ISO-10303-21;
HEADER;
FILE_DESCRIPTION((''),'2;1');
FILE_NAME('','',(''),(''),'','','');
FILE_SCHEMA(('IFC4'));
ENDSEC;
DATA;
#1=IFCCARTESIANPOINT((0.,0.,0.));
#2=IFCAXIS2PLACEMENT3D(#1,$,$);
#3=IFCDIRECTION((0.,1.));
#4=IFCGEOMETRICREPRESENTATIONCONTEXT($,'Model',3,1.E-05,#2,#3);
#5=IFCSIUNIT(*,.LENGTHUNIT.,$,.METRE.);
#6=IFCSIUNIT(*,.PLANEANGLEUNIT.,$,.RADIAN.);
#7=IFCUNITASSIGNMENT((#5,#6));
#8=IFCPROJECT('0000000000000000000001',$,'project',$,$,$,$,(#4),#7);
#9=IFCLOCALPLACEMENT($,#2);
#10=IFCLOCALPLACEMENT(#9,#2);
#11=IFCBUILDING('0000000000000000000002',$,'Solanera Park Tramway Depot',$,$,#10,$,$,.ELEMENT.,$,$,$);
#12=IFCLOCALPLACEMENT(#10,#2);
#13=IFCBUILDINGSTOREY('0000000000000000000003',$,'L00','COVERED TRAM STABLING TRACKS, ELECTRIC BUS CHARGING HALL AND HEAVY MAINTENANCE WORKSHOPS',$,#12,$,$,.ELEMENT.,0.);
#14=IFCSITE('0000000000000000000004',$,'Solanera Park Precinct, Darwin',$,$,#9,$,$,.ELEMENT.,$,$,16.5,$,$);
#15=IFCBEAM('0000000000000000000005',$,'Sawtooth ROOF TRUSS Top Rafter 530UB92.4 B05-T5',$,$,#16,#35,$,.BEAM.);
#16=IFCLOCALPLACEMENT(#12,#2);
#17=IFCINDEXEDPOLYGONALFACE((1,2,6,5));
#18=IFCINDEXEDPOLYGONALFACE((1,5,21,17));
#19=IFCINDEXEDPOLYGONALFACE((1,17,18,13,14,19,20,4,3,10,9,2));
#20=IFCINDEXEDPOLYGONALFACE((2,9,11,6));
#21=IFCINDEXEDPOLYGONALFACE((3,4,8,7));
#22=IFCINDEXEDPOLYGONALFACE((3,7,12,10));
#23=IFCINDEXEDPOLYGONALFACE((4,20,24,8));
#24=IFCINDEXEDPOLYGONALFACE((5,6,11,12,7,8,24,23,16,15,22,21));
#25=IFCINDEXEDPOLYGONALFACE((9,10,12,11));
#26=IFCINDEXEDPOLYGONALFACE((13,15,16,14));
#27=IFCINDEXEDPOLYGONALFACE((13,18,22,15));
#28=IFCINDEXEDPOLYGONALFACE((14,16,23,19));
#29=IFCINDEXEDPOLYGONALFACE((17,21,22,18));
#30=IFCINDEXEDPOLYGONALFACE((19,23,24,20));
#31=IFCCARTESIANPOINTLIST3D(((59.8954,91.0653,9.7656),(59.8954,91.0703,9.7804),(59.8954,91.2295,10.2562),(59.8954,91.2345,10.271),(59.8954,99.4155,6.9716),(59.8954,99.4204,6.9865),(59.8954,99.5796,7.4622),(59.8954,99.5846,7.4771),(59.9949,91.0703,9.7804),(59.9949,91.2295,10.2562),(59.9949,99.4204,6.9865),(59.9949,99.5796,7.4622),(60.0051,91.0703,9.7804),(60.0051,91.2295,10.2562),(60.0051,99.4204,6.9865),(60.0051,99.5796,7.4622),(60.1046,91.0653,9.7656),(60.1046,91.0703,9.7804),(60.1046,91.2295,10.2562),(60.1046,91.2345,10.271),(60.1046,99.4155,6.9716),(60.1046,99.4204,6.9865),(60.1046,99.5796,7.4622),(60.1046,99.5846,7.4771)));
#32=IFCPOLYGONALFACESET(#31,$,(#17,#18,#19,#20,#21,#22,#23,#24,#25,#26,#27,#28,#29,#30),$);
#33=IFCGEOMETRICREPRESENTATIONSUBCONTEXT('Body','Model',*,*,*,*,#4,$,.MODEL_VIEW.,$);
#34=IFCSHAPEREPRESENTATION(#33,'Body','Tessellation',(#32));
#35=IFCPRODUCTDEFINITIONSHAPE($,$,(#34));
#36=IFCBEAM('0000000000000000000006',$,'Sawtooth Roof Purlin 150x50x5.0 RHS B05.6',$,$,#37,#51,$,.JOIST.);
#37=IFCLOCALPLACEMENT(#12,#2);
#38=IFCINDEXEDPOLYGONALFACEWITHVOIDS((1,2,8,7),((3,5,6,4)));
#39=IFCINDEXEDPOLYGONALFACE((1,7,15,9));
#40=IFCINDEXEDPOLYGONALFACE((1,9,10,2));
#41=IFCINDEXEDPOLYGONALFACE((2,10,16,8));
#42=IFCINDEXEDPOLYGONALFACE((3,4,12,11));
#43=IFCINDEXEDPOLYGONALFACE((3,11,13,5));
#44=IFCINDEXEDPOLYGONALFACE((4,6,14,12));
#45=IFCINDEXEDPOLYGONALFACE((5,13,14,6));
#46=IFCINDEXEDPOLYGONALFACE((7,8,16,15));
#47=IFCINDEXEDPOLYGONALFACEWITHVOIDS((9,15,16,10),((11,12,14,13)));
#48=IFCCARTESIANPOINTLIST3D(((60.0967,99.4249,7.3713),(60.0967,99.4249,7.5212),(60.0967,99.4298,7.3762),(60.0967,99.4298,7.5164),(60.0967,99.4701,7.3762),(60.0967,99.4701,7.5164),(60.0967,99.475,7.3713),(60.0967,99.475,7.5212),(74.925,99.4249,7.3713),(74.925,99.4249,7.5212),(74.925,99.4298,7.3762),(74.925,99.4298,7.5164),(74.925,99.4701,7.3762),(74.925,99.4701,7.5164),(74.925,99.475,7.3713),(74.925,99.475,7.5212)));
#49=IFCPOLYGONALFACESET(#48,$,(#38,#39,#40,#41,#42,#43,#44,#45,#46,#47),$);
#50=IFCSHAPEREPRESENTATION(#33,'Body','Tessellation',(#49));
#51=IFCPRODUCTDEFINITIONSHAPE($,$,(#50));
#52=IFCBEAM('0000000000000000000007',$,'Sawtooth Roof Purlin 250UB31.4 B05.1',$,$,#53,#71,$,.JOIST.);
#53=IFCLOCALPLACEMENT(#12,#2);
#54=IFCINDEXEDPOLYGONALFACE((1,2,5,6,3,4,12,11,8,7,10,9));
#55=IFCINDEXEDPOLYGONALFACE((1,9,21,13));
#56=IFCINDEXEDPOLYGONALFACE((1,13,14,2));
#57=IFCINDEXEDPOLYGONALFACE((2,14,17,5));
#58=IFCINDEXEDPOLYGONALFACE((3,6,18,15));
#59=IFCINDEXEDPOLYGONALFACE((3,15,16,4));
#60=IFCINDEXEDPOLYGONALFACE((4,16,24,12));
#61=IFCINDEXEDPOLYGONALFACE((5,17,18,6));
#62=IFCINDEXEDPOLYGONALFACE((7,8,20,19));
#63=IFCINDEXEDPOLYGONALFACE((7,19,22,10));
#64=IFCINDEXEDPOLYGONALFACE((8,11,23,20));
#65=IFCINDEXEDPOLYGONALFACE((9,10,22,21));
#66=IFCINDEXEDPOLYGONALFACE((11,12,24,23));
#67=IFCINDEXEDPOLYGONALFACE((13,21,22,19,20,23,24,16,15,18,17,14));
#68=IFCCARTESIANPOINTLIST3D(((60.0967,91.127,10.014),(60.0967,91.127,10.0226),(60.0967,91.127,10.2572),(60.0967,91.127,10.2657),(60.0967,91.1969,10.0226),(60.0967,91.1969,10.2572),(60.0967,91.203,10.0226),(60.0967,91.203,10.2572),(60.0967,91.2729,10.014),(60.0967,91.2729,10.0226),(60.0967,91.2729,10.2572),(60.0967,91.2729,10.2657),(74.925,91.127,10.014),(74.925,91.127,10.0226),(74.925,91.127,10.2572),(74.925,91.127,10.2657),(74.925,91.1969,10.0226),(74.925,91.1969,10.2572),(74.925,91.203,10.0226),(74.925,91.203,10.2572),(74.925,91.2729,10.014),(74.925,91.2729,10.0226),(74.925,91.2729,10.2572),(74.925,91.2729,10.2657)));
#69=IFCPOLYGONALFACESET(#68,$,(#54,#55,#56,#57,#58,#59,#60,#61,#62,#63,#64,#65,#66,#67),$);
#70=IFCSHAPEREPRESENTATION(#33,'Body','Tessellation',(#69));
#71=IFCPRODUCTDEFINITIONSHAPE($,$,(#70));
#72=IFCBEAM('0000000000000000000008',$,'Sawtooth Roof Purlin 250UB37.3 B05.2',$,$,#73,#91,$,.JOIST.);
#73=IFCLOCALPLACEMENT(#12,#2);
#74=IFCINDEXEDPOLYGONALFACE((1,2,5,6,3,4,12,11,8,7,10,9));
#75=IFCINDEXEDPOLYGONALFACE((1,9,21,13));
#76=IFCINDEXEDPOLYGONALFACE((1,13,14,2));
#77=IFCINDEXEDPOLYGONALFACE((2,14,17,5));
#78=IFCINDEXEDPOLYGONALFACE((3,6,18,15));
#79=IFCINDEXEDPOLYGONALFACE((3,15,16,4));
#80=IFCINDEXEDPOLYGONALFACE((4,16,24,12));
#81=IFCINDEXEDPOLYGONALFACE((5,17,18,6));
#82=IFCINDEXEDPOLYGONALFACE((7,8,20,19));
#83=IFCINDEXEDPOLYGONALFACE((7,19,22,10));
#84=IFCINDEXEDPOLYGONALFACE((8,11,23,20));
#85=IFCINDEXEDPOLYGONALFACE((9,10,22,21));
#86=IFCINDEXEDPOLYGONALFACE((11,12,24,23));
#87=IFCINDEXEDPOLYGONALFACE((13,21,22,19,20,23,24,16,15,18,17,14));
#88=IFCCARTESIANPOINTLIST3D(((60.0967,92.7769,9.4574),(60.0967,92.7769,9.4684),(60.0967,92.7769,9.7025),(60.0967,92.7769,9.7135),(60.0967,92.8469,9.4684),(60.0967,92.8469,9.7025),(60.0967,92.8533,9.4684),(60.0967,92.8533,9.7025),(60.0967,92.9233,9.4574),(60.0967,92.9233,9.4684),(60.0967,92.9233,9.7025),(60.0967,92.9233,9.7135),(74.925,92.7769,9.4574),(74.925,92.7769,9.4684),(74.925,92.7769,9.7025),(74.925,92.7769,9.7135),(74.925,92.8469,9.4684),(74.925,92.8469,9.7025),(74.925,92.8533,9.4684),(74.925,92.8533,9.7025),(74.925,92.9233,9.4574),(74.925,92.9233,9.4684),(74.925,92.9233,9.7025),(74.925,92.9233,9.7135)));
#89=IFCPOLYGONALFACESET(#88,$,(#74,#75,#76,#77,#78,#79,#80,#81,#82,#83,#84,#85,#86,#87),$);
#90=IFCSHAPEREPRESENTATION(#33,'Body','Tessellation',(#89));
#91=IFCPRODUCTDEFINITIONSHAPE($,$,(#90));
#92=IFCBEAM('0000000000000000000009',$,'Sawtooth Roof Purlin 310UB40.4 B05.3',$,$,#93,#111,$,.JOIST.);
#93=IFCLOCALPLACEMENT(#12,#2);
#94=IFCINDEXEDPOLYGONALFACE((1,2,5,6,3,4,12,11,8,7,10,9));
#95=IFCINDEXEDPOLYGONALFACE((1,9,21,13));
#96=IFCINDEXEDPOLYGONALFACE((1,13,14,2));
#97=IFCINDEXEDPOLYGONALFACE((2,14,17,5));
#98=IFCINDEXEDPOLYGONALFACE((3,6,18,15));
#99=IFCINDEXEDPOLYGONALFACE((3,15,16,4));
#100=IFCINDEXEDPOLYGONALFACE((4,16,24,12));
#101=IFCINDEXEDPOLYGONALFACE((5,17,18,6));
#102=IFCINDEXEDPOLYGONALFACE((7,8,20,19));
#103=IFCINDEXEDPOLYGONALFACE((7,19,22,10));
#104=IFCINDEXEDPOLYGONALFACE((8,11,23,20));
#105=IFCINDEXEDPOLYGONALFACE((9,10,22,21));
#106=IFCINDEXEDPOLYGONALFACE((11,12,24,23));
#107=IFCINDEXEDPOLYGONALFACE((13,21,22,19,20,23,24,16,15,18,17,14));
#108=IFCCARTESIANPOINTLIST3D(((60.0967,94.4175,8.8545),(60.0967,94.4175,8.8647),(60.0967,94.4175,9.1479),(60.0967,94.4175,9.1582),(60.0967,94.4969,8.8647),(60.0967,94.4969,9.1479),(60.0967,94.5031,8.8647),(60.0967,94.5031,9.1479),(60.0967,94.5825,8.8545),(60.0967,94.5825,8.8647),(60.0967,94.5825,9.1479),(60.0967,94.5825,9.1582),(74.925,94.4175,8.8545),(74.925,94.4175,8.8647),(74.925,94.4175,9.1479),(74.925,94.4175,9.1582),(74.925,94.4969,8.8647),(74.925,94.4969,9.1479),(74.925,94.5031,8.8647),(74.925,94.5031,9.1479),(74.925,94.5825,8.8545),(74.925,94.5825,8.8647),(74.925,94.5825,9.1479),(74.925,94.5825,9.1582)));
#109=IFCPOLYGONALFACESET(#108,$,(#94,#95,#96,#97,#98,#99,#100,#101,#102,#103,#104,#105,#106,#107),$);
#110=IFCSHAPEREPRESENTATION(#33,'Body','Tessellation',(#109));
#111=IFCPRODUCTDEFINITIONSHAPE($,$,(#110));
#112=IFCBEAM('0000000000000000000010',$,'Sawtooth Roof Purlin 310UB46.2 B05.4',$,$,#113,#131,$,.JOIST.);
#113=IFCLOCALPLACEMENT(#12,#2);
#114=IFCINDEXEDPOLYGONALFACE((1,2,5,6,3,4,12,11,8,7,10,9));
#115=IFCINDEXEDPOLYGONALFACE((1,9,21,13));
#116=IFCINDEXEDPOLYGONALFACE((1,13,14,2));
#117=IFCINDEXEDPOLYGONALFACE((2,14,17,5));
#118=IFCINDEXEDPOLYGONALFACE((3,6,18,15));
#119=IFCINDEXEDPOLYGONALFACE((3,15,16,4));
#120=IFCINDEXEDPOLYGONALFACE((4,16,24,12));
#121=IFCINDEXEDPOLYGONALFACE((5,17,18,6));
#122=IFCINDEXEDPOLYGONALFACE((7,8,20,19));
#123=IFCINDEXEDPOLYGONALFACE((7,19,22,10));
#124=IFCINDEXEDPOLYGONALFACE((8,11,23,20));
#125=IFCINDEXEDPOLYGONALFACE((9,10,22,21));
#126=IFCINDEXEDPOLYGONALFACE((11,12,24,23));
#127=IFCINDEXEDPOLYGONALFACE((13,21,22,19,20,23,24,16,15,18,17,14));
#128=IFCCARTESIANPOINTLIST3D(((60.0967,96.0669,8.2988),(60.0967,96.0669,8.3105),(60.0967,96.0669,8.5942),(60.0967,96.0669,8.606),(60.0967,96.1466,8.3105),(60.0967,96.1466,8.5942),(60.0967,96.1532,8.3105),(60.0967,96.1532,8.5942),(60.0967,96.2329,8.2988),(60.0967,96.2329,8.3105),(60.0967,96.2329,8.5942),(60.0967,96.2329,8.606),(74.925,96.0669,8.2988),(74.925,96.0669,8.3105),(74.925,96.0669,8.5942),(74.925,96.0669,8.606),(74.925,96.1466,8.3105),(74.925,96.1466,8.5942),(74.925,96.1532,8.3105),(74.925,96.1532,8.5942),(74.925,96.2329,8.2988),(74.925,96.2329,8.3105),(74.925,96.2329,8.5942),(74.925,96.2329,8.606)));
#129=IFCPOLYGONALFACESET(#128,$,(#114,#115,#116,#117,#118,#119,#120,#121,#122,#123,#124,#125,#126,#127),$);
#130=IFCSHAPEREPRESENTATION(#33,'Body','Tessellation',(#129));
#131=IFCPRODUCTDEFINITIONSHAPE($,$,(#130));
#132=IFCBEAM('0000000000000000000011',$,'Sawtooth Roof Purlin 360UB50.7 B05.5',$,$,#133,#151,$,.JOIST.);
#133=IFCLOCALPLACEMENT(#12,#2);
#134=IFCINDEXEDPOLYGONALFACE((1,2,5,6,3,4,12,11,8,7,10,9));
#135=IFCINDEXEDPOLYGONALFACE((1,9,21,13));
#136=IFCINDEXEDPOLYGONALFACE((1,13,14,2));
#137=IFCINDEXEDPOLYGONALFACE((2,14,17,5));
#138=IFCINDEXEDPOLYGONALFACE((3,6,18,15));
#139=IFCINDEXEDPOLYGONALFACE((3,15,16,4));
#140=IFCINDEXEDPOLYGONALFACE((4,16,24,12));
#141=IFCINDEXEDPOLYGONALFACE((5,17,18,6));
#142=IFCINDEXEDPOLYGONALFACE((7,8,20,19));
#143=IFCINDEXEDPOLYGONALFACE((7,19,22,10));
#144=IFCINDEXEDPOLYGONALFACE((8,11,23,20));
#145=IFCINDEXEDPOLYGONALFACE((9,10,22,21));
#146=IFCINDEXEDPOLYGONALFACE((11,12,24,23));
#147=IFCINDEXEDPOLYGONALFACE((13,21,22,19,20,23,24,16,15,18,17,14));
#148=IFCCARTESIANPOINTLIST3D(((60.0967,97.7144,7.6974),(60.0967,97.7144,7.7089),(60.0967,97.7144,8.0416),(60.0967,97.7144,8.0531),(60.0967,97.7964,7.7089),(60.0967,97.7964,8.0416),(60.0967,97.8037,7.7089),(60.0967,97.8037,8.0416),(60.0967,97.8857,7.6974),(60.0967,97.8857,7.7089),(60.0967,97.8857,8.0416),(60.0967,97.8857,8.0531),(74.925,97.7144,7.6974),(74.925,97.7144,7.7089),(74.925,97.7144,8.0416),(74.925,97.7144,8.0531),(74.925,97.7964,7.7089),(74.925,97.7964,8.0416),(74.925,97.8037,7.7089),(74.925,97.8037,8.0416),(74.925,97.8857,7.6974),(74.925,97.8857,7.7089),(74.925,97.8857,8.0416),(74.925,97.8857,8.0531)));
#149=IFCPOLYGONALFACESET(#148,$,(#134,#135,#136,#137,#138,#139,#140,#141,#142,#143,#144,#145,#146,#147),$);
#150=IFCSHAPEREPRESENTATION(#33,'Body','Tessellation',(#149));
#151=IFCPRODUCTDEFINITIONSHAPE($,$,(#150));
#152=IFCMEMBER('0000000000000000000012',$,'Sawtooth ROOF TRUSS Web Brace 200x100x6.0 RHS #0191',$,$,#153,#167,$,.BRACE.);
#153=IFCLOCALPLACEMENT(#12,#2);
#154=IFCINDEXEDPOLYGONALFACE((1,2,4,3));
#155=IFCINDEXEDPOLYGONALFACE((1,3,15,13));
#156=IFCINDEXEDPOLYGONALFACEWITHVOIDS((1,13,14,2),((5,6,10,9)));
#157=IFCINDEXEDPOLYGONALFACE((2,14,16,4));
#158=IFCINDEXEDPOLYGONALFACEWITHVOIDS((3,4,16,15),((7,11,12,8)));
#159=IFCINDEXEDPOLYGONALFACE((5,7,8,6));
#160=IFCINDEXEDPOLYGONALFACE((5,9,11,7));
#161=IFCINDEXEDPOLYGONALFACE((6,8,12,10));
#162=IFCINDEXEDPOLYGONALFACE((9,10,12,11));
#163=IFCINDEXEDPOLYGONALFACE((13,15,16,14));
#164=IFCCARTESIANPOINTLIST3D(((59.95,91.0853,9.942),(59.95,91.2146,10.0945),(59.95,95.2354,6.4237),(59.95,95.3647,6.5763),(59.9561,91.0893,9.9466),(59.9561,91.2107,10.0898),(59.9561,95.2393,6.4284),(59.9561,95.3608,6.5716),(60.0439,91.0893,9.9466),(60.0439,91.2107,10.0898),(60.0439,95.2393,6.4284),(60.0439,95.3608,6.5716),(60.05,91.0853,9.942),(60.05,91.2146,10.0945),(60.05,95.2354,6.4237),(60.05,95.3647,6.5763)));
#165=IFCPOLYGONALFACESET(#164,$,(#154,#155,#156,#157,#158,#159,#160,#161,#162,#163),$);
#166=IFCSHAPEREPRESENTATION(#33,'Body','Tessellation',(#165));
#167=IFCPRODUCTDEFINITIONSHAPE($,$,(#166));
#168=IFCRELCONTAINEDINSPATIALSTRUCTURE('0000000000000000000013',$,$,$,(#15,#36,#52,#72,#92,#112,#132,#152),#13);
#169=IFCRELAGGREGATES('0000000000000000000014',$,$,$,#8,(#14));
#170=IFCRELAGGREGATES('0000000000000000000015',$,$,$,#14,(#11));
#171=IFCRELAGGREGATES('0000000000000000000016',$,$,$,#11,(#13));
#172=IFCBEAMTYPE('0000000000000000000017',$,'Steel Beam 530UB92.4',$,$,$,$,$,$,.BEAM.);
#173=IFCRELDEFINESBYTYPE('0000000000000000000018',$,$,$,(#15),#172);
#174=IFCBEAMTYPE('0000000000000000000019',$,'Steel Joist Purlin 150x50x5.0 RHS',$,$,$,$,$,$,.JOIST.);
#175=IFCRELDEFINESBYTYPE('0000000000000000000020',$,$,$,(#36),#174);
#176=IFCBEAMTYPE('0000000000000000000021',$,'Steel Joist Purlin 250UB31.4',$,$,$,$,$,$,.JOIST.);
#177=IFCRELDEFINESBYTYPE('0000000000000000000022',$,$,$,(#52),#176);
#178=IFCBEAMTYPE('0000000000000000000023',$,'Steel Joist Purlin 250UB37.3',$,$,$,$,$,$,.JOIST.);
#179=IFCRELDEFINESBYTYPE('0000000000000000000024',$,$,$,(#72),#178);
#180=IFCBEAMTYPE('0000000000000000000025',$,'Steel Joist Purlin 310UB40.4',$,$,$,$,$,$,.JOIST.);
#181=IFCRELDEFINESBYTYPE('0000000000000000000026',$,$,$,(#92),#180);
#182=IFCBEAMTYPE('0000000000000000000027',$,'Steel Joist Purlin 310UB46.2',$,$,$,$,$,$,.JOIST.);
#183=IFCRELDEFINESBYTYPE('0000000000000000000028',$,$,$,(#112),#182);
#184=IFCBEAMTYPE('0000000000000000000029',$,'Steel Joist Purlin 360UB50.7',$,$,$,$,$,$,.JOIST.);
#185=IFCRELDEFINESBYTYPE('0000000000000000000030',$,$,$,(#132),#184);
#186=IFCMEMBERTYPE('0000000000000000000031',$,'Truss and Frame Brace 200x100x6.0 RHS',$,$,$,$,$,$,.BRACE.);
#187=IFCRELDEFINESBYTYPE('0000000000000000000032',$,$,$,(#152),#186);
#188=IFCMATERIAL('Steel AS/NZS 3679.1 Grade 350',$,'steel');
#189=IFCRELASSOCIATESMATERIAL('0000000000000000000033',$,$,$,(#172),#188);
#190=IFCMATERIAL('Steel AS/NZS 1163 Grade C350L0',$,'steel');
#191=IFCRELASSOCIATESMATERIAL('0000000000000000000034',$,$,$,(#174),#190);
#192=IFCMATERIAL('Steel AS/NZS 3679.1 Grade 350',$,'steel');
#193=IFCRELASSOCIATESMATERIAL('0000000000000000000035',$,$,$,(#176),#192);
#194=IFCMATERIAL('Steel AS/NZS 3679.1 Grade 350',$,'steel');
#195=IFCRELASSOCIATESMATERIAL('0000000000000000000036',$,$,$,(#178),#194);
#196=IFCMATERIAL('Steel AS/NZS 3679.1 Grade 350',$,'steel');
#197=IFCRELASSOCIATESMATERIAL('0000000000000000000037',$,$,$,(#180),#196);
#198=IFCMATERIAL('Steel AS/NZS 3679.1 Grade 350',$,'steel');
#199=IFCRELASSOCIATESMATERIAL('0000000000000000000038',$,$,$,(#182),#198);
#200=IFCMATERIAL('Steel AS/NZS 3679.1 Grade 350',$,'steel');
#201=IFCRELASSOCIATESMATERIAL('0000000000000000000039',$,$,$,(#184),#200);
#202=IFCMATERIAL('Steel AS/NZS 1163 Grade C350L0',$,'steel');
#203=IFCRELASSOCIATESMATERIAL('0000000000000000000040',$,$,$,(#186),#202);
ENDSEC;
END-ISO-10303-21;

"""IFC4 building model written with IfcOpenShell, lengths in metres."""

from ifc_helpers import new_model, si_unit, direction, frame, origin, origin_2d, place, context, subcontext, project, spatial, hollow_rectangle, i_section, extrude, material, material_profile, profile_set, type_object, element, save


model = new_model("IFC4")

# Units and contexts
model_context = context("Model", 3, precision=1e-05, world=origin(), true_north=direction((0.0, 1.0)))
body_context = subcontext(model_context, "Body", "Model", "MODEL_VIEW")
ifc_project = project(units=[si_unit("LENGTHUNIT", "METRE"), si_unit("PLANEANGLEUNIT", "RADIAN")], contexts=[model_context])

# Site, building, storey
site_placement = place(None, origin())
site = spatial("IfcSite", under=ifc_project, at=site_placement, Name="Solanera Park Precinct, Darwin", CompositionType="ELEMENT", RefElevation=16.5)
building_placement = place(site_placement, origin())
building = spatial("IfcBuilding", under=site, at=building_placement, Name="Solanera Park Tramway Depot", CompositionType="ELEMENT")
storey_placement = place(building_placement, origin())
storey = spatial("IfcBuildingStorey", under=building, at=storey_placement, Name="L00", Description="COVERED TRAM STABLING TRACKS, ELECTRIC BUS CHARGING HALL AND HEAVY MAINTENANCE WORKSHOPS", CompositionType="ELEMENT", Elevation=0.0)

# Beams
ifc_material_1 = material(Name="Steel AS/NZS 3679.1 Grade 350", Category="steel")
ifc_material_profile_1 = material_profile(ifc_material_1, i_section(OverallWidth=0.2092, OverallDepth=0.533, WebThickness=0.0103, FlangeThickness=0.0156, at=origin_2d()), Name="530UB92.4")
ifc_profile_set_1 = profile_set([ifc_material_profile_1], Name="Steel AS/NZS 3679.1 Grade 350")
beam_type_1 = type_object("IfcBeamType", Name="Steel Beam 530UB92.4", PredefinedType="BEAM", material=ifc_profile_set_1)
beam_1_placement = place(storey_placement, frame((60.0, 91.1499, 10.0183), z_axis=(0.0, 0.948322, -0.317309), x_axis=(-1.0, 0.0, 0.0)))
element("IfcBeam", 1, at=beam_1_placement, inside=storey, type_object=beam_type_1, Name="Sawtooth ROOF TRUSS Top Rafter 530UB92.4 B05-T5", PredefinedType="BEAM", context=body_context, shape_type="SweptSolid", body=[
    extrude(i_section(OverallWidth=0.2092, OverallDepth=0.533, WebThickness=0.0103, FlangeThickness=0.0156, at=origin_2d()), origin(), (0.0, 0.0, 1.0), 8.8052),
])
ifc_material_2 = material(Name="Steel AS/NZS 1163 Grade C350L0", Category="steel")
ifc_material_profile_2 = material_profile(ifc_material_2, hollow_rectangle(XDim=0.05, YDim=0.1499, WallThickness=0.0049, at=origin_2d()), Name="150x50x5.0 RHS")
ifc_profile_set_2 = profile_set([ifc_material_profile_2], Name="Steel AS/NZS 1163 Grade C350L0")
beam_type_2 = type_object("IfcBeamType", Name="Steel Joist Purlin 150x50x5.0 RHS", PredefinedType="JOIST", material=ifc_profile_set_2)
beam_2_placement = place(storey_placement, frame((60.0967, 99.45, 7.4463), z_axis=(1.0, 0.0, 0.0), x_axis=(0.0, 1.0, 0.0)))
element("IfcBeam", 2, at=beam_2_placement, inside=storey, type_object=beam_type_2, Name="Sawtooth Roof Purlin 150x50x5.0 RHS B05.6", PredefinedType="JOIST", context=body_context, shape_type="SweptSolid", body=[
    extrude(hollow_rectangle(XDim=0.05, YDim=0.1499, WallThickness=0.0049, at=origin_2d()), origin(), (0.0, 0.0, 1.0), 14.8284),
])
ifc_material_3 = material(Name="Steel AS/NZS 3679.1 Grade 350", Category="steel")
ifc_material_profile_3 = material_profile(ifc_material_3, i_section(OverallWidth=0.146, OverallDepth=0.2517, WebThickness=0.0061, FlangeThickness=0.0085, at=origin_2d()), Name="250UB31.4")
ifc_profile_set_3 = profile_set([ifc_material_profile_3], Name="Steel AS/NZS 3679.1 Grade 350")
beam_type_3 = type_object("IfcBeamType", Name="Steel Joist Purlin 250UB31.4", PredefinedType="JOIST", material=ifc_profile_set_3)
beam_3_placement = place(storey_placement, frame((60.0967, 91.2, 10.1399), z_axis=(1.0, 0.0, 0.0), x_axis=(0.0, 1.0, 0.0)))
element("IfcBeam", 3, at=beam_3_placement, inside=storey, type_object=beam_type_3, Name="Sawtooth Roof Purlin 250UB31.4 B05.1", PredefinedType="JOIST", context=body_context, shape_type="SweptSolid", body=[
    extrude(i_section(OverallWidth=0.146, OverallDepth=0.2517, WebThickness=0.0061, FlangeThickness=0.0085, at=origin_2d()), origin(), (0.0, 0.0, 1.0), 14.8284),
])
ifc_material_4 = material(Name="Steel AS/NZS 3679.1 Grade 350", Category="steel")
ifc_material_profile_4 = material_profile(ifc_material_4, i_section(OverallWidth=0.1465, OverallDepth=0.2561, WebThickness=0.0063, FlangeThickness=0.011, at=origin_2d()), Name="250UB37.3")
ifc_profile_set_4 = profile_set([ifc_material_profile_4], Name="Steel AS/NZS 3679.1 Grade 350")
beam_type_4 = type_object("IfcBeamType", Name="Steel Joist Purlin 250UB37.3", PredefinedType="JOIST", material=ifc_profile_set_4)
beam_4_placement = place(storey_placement, frame((60.0967, 92.8501, 9.5854), z_axis=(1.0, 0.0, 0.0), x_axis=(0.0, 1.0, 0.0)))
element("IfcBeam", 4, at=beam_4_placement, inside=storey, type_object=beam_type_4, Name="Sawtooth Roof Purlin 250UB37.3 B05.2", PredefinedType="JOIST", context=body_context, shape_type="SweptSolid", body=[
    extrude(i_section(OverallWidth=0.1465, OverallDepth=0.2561, WebThickness=0.0063, FlangeThickness=0.011, at=origin_2d()), origin(), (0.0, 0.0, 1.0), 14.8284),
])
ifc_material_5 = material(Name="Steel AS/NZS 3679.1 Grade 350", Category="steel")
ifc_material_profile_5 = material_profile(ifc_material_5, i_section(OverallWidth=0.165, OverallDepth=0.3037, WebThickness=0.0061, FlangeThickness=0.0103, at=origin_2d()), Name="310UB40.4")
ifc_profile_set_5 = profile_set([ifc_material_profile_5], Name="Steel AS/NZS 3679.1 Grade 350")
beam_type_5 = type_object("IfcBeamType", Name="Steel Joist Purlin 310UB40.4", PredefinedType="JOIST", material=ifc_profile_set_5)
beam_5_placement = place(storey_placement, frame((60.0967, 94.5, 9.0063), z_axis=(1.0, 0.0, 0.0), x_axis=(0.0, 1.0, 0.0)))
element("IfcBeam", 5, at=beam_5_placement, inside=storey, type_object=beam_type_5, Name="Sawtooth Roof Purlin 310UB40.4 B05.3", PredefinedType="JOIST", context=body_context, shape_type="SweptSolid", body=[
    extrude(i_section(OverallWidth=0.165, OverallDepth=0.3037, WebThickness=0.0061, FlangeThickness=0.0103, at=origin_2d()), origin(), (0.0, 0.0, 1.0), 14.8284),
])
ifc_material_6 = material(Name="Steel AS/NZS 3679.1 Grade 350", Category="steel")
ifc_material_profile_6 = material_profile(ifc_material_6, i_section(OverallWidth=0.166, OverallDepth=0.3071, WebThickness=0.0066, FlangeThickness=0.0117, at=origin_2d()), Name="310UB46.2")
ifc_profile_set_6 = profile_set([ifc_material_profile_6], Name="Steel AS/NZS 3679.1 Grade 350")
beam_type_6 = type_object("IfcBeamType", Name="Steel Joist Purlin 310UB46.2", PredefinedType="JOIST", material=ifc_profile_set_6)
beam_6_placement = place(storey_placement, frame((60.0967, 96.1499, 8.4524), z_axis=(1.0, 0.0, 0.0), x_axis=(0.0, 1.0, 0.0)))
element("IfcBeam", 6, at=beam_6_placement, inside=storey, type_object=beam_type_6, Name="Sawtooth Roof Purlin 310UB46.2 B05.4", PredefinedType="JOIST", context=body_context, shape_type="SweptSolid", body=[
    extrude(i_section(OverallWidth=0.166, OverallDepth=0.3071, WebThickness=0.0066, FlangeThickness=0.0117, at=origin_2d()), origin(), (0.0, 0.0, 1.0), 14.8284),
])
ifc_material_7 = material(Name="Steel AS/NZS 3679.1 Grade 350", Category="steel")
ifc_material_profile_7 = material_profile(ifc_material_7, i_section(OverallWidth=0.1714, OverallDepth=0.3557, WebThickness=0.0073, FlangeThickness=0.0115, at=origin_2d()), Name="360UB50.7")
ifc_profile_set_7 = profile_set([ifc_material_profile_7], Name="Steel AS/NZS 3679.1 Grade 350")
beam_type_7 = type_object("IfcBeamType", Name="Steel Joist Purlin 360UB50.7", PredefinedType="JOIST", material=ifc_profile_set_7)
beam_7_placement = place(storey_placement, frame((60.0967, 97.8, 7.8752), z_axis=(1.0, 0.0, 0.0), x_axis=(0.0, 1.0, 0.0)))
element("IfcBeam", 7, at=beam_7_placement, inside=storey, type_object=beam_type_7, Name="Sawtooth Roof Purlin 360UB50.7 B05.5", PredefinedType="JOIST", context=body_context, shape_type="SweptSolid", body=[
    extrude(i_section(OverallWidth=0.1714, OverallDepth=0.3557, WebThickness=0.0073, FlangeThickness=0.0115, at=origin_2d()), origin(), (0.0, 0.0, 1.0), 14.8284),
])

# Member
ifc_material_8 = material(Name="Steel AS/NZS 1163 Grade C350L0", Category="steel")
ifc_material_profile_8 = material_profile(ifc_material_8, hollow_rectangle(XDim=0.1001, YDim=0.2, WallThickness=0.0061, at=origin_2d()), Name="200x100x6.0 RHS")
ifc_profile_set_8 = profile_set([ifc_material_profile_8], Name="Steel AS/NZS 1163 Grade C350L0")
member_type_1 = type_object("IfcMemberType", Name="Truss and Frame Brace 200x100x6.0 RHS", PredefinedType="BRACE", material=ifc_profile_set_8)
member_1_placement = place(storey_placement, frame((60.0, 95.3, 6.5), z_axis=(0.0, -0.762783, 0.646654), x_axis=(1.0, 0.0, 0.0)))
element("IfcMember", 8, at=member_1_placement, inside=storey, type_object=member_type_1, Name="Sawtooth ROOF TRUSS Web Brace 200x100x6.0 RHS #0191", PredefinedType="BRACE", context=body_context, shape_type="SweptSolid", body=[
    extrude(hollow_rectangle(XDim=0.1001, YDim=0.2, WallThickness=0.0061, at=origin_2d()), origin(), (0.0, 0.0, 1.0), 5.4407),
])

save(model, "model.ifc")
